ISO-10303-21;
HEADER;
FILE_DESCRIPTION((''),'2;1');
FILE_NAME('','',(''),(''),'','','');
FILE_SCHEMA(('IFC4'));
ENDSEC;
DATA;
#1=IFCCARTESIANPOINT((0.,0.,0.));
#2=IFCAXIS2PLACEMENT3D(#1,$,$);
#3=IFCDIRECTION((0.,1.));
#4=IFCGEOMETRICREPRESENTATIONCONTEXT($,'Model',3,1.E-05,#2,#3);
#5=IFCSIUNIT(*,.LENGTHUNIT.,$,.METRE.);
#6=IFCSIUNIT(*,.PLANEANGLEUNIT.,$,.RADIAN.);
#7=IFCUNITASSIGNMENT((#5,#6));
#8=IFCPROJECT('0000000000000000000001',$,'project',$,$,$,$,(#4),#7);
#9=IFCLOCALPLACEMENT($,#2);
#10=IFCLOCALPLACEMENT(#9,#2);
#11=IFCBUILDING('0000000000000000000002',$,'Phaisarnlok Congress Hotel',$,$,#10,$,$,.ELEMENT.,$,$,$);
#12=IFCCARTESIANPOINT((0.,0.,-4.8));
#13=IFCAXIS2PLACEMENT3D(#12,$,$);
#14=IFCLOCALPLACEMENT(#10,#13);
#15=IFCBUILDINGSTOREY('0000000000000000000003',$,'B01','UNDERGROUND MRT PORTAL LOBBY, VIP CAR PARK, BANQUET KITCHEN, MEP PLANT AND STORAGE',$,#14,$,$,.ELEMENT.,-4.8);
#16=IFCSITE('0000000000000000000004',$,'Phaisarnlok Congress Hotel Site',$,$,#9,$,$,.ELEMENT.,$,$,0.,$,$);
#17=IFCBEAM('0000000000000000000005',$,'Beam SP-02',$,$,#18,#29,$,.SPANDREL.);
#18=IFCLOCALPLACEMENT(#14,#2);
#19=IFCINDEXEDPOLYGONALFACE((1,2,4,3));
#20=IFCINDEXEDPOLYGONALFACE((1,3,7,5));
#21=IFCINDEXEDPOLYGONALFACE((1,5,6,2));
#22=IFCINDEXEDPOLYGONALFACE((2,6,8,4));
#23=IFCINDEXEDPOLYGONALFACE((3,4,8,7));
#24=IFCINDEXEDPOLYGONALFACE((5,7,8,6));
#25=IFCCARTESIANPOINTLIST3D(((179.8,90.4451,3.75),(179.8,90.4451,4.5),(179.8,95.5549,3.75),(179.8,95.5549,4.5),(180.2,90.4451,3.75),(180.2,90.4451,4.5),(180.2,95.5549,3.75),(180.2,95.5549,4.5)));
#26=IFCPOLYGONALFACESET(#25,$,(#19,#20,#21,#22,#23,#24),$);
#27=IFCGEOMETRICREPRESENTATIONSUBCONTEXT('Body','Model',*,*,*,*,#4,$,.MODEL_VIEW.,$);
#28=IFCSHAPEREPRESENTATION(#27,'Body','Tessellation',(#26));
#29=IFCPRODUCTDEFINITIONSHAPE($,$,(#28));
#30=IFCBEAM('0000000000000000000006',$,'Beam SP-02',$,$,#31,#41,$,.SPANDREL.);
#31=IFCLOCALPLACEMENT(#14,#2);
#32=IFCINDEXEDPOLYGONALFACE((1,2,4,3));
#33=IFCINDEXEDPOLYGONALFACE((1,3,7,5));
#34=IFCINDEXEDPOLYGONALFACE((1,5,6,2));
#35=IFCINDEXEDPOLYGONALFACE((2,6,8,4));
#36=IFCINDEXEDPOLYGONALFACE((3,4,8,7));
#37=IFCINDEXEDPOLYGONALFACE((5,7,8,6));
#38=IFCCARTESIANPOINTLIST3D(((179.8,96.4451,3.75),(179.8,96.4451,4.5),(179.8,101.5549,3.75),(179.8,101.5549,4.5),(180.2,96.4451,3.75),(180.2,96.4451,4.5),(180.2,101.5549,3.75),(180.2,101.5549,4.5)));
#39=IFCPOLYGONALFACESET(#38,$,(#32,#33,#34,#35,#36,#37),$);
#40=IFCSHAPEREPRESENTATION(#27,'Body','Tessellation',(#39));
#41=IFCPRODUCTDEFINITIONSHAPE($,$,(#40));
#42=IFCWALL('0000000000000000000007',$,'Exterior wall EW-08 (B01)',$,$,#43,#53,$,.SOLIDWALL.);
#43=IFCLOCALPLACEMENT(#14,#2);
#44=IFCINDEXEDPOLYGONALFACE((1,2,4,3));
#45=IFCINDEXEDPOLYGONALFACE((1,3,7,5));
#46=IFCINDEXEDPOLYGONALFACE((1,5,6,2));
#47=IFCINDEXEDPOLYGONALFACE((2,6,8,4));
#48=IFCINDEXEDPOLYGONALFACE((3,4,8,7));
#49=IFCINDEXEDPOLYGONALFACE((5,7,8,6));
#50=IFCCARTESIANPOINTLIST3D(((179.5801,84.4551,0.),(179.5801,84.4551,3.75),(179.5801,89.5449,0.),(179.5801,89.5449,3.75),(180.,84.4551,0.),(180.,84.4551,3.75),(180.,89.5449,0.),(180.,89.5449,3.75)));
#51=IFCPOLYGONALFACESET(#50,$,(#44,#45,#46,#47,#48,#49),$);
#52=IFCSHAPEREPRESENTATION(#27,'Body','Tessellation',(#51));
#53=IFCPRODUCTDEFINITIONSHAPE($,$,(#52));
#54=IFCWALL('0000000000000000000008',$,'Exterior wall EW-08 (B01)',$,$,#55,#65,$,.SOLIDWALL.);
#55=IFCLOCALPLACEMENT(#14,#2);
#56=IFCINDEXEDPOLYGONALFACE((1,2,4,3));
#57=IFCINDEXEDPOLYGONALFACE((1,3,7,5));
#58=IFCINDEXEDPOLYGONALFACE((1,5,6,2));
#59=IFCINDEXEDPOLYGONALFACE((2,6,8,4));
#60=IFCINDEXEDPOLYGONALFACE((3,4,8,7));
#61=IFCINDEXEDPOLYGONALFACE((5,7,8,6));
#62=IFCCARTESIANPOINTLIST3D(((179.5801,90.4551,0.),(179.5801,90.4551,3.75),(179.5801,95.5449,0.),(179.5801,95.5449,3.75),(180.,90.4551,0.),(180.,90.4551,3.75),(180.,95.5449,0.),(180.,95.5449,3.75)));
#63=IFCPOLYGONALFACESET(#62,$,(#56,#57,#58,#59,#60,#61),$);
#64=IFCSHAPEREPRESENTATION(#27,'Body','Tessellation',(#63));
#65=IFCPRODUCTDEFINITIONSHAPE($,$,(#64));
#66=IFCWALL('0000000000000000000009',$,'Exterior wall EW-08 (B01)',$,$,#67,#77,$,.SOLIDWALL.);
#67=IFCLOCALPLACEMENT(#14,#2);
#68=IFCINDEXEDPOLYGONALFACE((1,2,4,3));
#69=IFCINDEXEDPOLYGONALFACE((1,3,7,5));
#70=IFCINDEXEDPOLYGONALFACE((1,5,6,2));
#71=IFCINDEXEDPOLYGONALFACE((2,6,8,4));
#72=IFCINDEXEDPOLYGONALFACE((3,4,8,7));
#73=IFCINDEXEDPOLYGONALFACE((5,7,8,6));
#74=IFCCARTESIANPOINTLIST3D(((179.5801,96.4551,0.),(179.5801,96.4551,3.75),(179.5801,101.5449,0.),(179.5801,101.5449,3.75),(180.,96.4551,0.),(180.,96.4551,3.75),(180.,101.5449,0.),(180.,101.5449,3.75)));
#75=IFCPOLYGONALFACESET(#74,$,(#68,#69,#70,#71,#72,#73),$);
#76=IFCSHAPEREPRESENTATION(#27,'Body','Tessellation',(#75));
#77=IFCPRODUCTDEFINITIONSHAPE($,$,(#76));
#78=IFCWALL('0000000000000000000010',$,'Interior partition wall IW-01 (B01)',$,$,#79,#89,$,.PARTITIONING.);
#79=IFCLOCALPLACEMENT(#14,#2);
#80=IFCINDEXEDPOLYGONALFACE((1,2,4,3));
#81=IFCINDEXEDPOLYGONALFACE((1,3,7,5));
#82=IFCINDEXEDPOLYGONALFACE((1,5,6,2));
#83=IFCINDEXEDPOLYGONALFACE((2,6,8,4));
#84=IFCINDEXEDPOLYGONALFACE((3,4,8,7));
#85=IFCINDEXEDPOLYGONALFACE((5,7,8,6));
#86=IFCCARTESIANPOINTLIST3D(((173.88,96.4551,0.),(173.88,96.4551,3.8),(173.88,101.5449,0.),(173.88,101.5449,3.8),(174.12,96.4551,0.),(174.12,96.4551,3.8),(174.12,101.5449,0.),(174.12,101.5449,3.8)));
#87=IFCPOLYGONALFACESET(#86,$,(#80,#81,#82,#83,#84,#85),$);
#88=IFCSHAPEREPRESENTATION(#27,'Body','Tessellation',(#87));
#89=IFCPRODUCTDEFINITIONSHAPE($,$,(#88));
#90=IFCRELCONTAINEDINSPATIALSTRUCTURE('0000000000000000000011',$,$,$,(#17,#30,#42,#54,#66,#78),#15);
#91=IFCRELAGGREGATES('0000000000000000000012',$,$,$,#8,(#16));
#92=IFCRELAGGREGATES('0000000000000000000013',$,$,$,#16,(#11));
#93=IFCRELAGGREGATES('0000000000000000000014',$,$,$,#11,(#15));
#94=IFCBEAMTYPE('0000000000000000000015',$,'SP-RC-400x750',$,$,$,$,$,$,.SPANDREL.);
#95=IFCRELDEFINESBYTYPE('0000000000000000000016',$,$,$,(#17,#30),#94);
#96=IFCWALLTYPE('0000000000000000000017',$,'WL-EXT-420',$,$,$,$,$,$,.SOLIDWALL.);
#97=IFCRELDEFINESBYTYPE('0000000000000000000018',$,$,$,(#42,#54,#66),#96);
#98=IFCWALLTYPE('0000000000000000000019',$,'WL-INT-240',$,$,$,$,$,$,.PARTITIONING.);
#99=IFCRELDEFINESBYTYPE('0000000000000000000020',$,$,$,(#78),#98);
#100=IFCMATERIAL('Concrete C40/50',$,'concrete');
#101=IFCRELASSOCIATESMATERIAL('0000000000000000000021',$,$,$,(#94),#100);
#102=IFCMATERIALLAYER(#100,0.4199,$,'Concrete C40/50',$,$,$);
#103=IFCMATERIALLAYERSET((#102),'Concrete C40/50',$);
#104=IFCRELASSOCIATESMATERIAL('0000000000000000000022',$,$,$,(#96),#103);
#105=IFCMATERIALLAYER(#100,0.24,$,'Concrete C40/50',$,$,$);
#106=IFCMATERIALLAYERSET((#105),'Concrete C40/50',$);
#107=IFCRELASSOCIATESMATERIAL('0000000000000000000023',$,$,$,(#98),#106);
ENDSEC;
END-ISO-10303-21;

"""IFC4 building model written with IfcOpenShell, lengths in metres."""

from ifc_helpers import new_model, si_unit, direction, frame, frame_2d, origin, origin_2d, place, context, subcontext, project, spatial, rectangle, extrude, material, layer, layer_set, material_profile, profile_set, type_object, element, save


model = new_model("IFC4")

# Units and contexts
model_context = context("Model", 3, precision=1e-05, world=origin(), true_north=direction((0.0, 1.0)))
body_context = subcontext(model_context, "Body", "Model", "MODEL_VIEW")
ifc_project = project(units=[si_unit("LENGTHUNIT", "METRE"), si_unit("PLANEANGLEUNIT", "RADIAN")], contexts=[model_context])

# Site, building, storey
site_placement = place(None, origin())
site = spatial("IfcSite", under=ifc_project, at=site_placement, Name="Phaisarnlok Congress Hotel Site", CompositionType="ELEMENT", RefElevation=0.0)
building_placement = place(site_placement, origin())
building = spatial("IfcBuilding", under=site, at=building_placement, Name="Phaisarnlok Congress Hotel", CompositionType="ELEMENT")
storey_placement = place(building_placement, frame((0.0, 0.0, -4.8)))
storey = spatial("IfcBuildingStorey", under=building, at=storey_placement, Name="B01", Description="UNDERGROUND MRT PORTAL LOBBY, VIP CAR PARK, BANQUET KITCHEN, MEP PLANT AND STORAGE", CompositionType="ELEMENT", Elevation=-4.8)

# Shared definitions
ifc_material_1 = material(Name="Concrete C40/50", Category="concrete")

# Beams
ifc_material_profile_1 = material_profile(ifc_material_1, rectangle(XDim=0.3999, YDim=0.75, at=origin_2d()), Name="RC 400x750")
ifc_profile_set_1 = profile_set([ifc_material_profile_1], Name="Concrete C40/50")
beam_type_1 = type_object("IfcBeamType", Name="SP-RC-400x750", PredefinedType="SPANDREL", material=ifc_profile_set_1)
for number, where, z_axis, x_axis, name in (
    (1, (180.0, 90.4451, 4.125), (0.0, 1.0, 0.0), (-1.0, 0.0, 0.0), "Beam SP-02"),
    (2, (180.0, 96.4451, 4.125), (0.0, 1.0, 0.0), (-1.0, 0.0, 0.0), "Beam SP-02"),
):
    element("IfcBeam", number, at=place(storey_placement, frame(where, z_axis=z_axis, x_axis=x_axis)), inside=storey, type_object=beam_type_1, Name=name, PredefinedType="SPANDREL", context=body_context, shape_type="SweptSolid", body=[
        extrude(rectangle(XDim=0.3999, YDim=0.75, at=origin_2d()), origin(), (0.0, 0.0, 1.0), 5.1099),
    ])

# Walls
ifc_layer_1 = layer(ifc_material_1, 0.4199, Name="Concrete C40/50")
ifc_layer_set_1 = layer_set([ifc_layer_1], Name="Concrete C40/50")
wall_type_1 = type_object("IfcWallType", Name="WL-EXT-420", PredefinedType="SOLIDWALL", material=ifc_layer_set_1)
for number, where, z_axis, x_axis, name in (
    (3, (179.79, 84.4551, 0.0), (0.0, 0.0, 1.0), (0.0, 1.0, 0.0), "Exterior wall EW-08 (B01)"),
    (4, (179.79, 90.4551, 0.0), (0.0, 0.0, 1.0), (0.0, 1.0, 0.0), "Exterior wall EW-08 (B01)"),
    (5, (179.79, 96.4551, 0.0), (0.0, 0.0, 1.0), (0.0, 1.0, 0.0), "Exterior wall EW-08 (B01)"),
):
    element("IfcWall", number, at=place(storey_placement, frame(where, z_axis=z_axis, x_axis=x_axis)), inside=storey, type_object=wall_type_1, Name=name, PredefinedType="SOLIDWALL", context=body_context, shape_type="SweptSolid", body=[
        extrude(rectangle(XDim=5.0898, YDim=0.4199, at=frame_2d((2.5449, 0.0))), origin(), (0.0, 0.0, 1.0), 3.75),
    ])
ifc_layer_2 = layer(ifc_material_1, 0.24, Name="Concrete C40/50")
ifc_layer_set_2 = layer_set([ifc_layer_2], Name="Concrete C40/50")
wall_type_2 = type_object("IfcWallType", Name="WL-INT-240", PredefinedType="PARTITIONING", material=ifc_layer_set_2)
wall_placement = place(storey_placement, frame((174.0, 96.4551, 0.0), z_axis=(0.0, 0.0, 1.0), x_axis=(0.0, 1.0, 0.0)))
element("IfcWall", 6, at=wall_placement, inside=storey, type_object=wall_type_2, Name="Interior partition wall IW-01 (B01)", PredefinedType="PARTITIONING", context=body_context, shape_type="SweptSolid", body=[
    extrude(rectangle(XDim=5.0898, YDim=0.24, at=frame_2d((2.5449, 0.0))), origin(), (0.0, 0.0, 1.0), 3.8),
])

save(model, "model.ifc")
